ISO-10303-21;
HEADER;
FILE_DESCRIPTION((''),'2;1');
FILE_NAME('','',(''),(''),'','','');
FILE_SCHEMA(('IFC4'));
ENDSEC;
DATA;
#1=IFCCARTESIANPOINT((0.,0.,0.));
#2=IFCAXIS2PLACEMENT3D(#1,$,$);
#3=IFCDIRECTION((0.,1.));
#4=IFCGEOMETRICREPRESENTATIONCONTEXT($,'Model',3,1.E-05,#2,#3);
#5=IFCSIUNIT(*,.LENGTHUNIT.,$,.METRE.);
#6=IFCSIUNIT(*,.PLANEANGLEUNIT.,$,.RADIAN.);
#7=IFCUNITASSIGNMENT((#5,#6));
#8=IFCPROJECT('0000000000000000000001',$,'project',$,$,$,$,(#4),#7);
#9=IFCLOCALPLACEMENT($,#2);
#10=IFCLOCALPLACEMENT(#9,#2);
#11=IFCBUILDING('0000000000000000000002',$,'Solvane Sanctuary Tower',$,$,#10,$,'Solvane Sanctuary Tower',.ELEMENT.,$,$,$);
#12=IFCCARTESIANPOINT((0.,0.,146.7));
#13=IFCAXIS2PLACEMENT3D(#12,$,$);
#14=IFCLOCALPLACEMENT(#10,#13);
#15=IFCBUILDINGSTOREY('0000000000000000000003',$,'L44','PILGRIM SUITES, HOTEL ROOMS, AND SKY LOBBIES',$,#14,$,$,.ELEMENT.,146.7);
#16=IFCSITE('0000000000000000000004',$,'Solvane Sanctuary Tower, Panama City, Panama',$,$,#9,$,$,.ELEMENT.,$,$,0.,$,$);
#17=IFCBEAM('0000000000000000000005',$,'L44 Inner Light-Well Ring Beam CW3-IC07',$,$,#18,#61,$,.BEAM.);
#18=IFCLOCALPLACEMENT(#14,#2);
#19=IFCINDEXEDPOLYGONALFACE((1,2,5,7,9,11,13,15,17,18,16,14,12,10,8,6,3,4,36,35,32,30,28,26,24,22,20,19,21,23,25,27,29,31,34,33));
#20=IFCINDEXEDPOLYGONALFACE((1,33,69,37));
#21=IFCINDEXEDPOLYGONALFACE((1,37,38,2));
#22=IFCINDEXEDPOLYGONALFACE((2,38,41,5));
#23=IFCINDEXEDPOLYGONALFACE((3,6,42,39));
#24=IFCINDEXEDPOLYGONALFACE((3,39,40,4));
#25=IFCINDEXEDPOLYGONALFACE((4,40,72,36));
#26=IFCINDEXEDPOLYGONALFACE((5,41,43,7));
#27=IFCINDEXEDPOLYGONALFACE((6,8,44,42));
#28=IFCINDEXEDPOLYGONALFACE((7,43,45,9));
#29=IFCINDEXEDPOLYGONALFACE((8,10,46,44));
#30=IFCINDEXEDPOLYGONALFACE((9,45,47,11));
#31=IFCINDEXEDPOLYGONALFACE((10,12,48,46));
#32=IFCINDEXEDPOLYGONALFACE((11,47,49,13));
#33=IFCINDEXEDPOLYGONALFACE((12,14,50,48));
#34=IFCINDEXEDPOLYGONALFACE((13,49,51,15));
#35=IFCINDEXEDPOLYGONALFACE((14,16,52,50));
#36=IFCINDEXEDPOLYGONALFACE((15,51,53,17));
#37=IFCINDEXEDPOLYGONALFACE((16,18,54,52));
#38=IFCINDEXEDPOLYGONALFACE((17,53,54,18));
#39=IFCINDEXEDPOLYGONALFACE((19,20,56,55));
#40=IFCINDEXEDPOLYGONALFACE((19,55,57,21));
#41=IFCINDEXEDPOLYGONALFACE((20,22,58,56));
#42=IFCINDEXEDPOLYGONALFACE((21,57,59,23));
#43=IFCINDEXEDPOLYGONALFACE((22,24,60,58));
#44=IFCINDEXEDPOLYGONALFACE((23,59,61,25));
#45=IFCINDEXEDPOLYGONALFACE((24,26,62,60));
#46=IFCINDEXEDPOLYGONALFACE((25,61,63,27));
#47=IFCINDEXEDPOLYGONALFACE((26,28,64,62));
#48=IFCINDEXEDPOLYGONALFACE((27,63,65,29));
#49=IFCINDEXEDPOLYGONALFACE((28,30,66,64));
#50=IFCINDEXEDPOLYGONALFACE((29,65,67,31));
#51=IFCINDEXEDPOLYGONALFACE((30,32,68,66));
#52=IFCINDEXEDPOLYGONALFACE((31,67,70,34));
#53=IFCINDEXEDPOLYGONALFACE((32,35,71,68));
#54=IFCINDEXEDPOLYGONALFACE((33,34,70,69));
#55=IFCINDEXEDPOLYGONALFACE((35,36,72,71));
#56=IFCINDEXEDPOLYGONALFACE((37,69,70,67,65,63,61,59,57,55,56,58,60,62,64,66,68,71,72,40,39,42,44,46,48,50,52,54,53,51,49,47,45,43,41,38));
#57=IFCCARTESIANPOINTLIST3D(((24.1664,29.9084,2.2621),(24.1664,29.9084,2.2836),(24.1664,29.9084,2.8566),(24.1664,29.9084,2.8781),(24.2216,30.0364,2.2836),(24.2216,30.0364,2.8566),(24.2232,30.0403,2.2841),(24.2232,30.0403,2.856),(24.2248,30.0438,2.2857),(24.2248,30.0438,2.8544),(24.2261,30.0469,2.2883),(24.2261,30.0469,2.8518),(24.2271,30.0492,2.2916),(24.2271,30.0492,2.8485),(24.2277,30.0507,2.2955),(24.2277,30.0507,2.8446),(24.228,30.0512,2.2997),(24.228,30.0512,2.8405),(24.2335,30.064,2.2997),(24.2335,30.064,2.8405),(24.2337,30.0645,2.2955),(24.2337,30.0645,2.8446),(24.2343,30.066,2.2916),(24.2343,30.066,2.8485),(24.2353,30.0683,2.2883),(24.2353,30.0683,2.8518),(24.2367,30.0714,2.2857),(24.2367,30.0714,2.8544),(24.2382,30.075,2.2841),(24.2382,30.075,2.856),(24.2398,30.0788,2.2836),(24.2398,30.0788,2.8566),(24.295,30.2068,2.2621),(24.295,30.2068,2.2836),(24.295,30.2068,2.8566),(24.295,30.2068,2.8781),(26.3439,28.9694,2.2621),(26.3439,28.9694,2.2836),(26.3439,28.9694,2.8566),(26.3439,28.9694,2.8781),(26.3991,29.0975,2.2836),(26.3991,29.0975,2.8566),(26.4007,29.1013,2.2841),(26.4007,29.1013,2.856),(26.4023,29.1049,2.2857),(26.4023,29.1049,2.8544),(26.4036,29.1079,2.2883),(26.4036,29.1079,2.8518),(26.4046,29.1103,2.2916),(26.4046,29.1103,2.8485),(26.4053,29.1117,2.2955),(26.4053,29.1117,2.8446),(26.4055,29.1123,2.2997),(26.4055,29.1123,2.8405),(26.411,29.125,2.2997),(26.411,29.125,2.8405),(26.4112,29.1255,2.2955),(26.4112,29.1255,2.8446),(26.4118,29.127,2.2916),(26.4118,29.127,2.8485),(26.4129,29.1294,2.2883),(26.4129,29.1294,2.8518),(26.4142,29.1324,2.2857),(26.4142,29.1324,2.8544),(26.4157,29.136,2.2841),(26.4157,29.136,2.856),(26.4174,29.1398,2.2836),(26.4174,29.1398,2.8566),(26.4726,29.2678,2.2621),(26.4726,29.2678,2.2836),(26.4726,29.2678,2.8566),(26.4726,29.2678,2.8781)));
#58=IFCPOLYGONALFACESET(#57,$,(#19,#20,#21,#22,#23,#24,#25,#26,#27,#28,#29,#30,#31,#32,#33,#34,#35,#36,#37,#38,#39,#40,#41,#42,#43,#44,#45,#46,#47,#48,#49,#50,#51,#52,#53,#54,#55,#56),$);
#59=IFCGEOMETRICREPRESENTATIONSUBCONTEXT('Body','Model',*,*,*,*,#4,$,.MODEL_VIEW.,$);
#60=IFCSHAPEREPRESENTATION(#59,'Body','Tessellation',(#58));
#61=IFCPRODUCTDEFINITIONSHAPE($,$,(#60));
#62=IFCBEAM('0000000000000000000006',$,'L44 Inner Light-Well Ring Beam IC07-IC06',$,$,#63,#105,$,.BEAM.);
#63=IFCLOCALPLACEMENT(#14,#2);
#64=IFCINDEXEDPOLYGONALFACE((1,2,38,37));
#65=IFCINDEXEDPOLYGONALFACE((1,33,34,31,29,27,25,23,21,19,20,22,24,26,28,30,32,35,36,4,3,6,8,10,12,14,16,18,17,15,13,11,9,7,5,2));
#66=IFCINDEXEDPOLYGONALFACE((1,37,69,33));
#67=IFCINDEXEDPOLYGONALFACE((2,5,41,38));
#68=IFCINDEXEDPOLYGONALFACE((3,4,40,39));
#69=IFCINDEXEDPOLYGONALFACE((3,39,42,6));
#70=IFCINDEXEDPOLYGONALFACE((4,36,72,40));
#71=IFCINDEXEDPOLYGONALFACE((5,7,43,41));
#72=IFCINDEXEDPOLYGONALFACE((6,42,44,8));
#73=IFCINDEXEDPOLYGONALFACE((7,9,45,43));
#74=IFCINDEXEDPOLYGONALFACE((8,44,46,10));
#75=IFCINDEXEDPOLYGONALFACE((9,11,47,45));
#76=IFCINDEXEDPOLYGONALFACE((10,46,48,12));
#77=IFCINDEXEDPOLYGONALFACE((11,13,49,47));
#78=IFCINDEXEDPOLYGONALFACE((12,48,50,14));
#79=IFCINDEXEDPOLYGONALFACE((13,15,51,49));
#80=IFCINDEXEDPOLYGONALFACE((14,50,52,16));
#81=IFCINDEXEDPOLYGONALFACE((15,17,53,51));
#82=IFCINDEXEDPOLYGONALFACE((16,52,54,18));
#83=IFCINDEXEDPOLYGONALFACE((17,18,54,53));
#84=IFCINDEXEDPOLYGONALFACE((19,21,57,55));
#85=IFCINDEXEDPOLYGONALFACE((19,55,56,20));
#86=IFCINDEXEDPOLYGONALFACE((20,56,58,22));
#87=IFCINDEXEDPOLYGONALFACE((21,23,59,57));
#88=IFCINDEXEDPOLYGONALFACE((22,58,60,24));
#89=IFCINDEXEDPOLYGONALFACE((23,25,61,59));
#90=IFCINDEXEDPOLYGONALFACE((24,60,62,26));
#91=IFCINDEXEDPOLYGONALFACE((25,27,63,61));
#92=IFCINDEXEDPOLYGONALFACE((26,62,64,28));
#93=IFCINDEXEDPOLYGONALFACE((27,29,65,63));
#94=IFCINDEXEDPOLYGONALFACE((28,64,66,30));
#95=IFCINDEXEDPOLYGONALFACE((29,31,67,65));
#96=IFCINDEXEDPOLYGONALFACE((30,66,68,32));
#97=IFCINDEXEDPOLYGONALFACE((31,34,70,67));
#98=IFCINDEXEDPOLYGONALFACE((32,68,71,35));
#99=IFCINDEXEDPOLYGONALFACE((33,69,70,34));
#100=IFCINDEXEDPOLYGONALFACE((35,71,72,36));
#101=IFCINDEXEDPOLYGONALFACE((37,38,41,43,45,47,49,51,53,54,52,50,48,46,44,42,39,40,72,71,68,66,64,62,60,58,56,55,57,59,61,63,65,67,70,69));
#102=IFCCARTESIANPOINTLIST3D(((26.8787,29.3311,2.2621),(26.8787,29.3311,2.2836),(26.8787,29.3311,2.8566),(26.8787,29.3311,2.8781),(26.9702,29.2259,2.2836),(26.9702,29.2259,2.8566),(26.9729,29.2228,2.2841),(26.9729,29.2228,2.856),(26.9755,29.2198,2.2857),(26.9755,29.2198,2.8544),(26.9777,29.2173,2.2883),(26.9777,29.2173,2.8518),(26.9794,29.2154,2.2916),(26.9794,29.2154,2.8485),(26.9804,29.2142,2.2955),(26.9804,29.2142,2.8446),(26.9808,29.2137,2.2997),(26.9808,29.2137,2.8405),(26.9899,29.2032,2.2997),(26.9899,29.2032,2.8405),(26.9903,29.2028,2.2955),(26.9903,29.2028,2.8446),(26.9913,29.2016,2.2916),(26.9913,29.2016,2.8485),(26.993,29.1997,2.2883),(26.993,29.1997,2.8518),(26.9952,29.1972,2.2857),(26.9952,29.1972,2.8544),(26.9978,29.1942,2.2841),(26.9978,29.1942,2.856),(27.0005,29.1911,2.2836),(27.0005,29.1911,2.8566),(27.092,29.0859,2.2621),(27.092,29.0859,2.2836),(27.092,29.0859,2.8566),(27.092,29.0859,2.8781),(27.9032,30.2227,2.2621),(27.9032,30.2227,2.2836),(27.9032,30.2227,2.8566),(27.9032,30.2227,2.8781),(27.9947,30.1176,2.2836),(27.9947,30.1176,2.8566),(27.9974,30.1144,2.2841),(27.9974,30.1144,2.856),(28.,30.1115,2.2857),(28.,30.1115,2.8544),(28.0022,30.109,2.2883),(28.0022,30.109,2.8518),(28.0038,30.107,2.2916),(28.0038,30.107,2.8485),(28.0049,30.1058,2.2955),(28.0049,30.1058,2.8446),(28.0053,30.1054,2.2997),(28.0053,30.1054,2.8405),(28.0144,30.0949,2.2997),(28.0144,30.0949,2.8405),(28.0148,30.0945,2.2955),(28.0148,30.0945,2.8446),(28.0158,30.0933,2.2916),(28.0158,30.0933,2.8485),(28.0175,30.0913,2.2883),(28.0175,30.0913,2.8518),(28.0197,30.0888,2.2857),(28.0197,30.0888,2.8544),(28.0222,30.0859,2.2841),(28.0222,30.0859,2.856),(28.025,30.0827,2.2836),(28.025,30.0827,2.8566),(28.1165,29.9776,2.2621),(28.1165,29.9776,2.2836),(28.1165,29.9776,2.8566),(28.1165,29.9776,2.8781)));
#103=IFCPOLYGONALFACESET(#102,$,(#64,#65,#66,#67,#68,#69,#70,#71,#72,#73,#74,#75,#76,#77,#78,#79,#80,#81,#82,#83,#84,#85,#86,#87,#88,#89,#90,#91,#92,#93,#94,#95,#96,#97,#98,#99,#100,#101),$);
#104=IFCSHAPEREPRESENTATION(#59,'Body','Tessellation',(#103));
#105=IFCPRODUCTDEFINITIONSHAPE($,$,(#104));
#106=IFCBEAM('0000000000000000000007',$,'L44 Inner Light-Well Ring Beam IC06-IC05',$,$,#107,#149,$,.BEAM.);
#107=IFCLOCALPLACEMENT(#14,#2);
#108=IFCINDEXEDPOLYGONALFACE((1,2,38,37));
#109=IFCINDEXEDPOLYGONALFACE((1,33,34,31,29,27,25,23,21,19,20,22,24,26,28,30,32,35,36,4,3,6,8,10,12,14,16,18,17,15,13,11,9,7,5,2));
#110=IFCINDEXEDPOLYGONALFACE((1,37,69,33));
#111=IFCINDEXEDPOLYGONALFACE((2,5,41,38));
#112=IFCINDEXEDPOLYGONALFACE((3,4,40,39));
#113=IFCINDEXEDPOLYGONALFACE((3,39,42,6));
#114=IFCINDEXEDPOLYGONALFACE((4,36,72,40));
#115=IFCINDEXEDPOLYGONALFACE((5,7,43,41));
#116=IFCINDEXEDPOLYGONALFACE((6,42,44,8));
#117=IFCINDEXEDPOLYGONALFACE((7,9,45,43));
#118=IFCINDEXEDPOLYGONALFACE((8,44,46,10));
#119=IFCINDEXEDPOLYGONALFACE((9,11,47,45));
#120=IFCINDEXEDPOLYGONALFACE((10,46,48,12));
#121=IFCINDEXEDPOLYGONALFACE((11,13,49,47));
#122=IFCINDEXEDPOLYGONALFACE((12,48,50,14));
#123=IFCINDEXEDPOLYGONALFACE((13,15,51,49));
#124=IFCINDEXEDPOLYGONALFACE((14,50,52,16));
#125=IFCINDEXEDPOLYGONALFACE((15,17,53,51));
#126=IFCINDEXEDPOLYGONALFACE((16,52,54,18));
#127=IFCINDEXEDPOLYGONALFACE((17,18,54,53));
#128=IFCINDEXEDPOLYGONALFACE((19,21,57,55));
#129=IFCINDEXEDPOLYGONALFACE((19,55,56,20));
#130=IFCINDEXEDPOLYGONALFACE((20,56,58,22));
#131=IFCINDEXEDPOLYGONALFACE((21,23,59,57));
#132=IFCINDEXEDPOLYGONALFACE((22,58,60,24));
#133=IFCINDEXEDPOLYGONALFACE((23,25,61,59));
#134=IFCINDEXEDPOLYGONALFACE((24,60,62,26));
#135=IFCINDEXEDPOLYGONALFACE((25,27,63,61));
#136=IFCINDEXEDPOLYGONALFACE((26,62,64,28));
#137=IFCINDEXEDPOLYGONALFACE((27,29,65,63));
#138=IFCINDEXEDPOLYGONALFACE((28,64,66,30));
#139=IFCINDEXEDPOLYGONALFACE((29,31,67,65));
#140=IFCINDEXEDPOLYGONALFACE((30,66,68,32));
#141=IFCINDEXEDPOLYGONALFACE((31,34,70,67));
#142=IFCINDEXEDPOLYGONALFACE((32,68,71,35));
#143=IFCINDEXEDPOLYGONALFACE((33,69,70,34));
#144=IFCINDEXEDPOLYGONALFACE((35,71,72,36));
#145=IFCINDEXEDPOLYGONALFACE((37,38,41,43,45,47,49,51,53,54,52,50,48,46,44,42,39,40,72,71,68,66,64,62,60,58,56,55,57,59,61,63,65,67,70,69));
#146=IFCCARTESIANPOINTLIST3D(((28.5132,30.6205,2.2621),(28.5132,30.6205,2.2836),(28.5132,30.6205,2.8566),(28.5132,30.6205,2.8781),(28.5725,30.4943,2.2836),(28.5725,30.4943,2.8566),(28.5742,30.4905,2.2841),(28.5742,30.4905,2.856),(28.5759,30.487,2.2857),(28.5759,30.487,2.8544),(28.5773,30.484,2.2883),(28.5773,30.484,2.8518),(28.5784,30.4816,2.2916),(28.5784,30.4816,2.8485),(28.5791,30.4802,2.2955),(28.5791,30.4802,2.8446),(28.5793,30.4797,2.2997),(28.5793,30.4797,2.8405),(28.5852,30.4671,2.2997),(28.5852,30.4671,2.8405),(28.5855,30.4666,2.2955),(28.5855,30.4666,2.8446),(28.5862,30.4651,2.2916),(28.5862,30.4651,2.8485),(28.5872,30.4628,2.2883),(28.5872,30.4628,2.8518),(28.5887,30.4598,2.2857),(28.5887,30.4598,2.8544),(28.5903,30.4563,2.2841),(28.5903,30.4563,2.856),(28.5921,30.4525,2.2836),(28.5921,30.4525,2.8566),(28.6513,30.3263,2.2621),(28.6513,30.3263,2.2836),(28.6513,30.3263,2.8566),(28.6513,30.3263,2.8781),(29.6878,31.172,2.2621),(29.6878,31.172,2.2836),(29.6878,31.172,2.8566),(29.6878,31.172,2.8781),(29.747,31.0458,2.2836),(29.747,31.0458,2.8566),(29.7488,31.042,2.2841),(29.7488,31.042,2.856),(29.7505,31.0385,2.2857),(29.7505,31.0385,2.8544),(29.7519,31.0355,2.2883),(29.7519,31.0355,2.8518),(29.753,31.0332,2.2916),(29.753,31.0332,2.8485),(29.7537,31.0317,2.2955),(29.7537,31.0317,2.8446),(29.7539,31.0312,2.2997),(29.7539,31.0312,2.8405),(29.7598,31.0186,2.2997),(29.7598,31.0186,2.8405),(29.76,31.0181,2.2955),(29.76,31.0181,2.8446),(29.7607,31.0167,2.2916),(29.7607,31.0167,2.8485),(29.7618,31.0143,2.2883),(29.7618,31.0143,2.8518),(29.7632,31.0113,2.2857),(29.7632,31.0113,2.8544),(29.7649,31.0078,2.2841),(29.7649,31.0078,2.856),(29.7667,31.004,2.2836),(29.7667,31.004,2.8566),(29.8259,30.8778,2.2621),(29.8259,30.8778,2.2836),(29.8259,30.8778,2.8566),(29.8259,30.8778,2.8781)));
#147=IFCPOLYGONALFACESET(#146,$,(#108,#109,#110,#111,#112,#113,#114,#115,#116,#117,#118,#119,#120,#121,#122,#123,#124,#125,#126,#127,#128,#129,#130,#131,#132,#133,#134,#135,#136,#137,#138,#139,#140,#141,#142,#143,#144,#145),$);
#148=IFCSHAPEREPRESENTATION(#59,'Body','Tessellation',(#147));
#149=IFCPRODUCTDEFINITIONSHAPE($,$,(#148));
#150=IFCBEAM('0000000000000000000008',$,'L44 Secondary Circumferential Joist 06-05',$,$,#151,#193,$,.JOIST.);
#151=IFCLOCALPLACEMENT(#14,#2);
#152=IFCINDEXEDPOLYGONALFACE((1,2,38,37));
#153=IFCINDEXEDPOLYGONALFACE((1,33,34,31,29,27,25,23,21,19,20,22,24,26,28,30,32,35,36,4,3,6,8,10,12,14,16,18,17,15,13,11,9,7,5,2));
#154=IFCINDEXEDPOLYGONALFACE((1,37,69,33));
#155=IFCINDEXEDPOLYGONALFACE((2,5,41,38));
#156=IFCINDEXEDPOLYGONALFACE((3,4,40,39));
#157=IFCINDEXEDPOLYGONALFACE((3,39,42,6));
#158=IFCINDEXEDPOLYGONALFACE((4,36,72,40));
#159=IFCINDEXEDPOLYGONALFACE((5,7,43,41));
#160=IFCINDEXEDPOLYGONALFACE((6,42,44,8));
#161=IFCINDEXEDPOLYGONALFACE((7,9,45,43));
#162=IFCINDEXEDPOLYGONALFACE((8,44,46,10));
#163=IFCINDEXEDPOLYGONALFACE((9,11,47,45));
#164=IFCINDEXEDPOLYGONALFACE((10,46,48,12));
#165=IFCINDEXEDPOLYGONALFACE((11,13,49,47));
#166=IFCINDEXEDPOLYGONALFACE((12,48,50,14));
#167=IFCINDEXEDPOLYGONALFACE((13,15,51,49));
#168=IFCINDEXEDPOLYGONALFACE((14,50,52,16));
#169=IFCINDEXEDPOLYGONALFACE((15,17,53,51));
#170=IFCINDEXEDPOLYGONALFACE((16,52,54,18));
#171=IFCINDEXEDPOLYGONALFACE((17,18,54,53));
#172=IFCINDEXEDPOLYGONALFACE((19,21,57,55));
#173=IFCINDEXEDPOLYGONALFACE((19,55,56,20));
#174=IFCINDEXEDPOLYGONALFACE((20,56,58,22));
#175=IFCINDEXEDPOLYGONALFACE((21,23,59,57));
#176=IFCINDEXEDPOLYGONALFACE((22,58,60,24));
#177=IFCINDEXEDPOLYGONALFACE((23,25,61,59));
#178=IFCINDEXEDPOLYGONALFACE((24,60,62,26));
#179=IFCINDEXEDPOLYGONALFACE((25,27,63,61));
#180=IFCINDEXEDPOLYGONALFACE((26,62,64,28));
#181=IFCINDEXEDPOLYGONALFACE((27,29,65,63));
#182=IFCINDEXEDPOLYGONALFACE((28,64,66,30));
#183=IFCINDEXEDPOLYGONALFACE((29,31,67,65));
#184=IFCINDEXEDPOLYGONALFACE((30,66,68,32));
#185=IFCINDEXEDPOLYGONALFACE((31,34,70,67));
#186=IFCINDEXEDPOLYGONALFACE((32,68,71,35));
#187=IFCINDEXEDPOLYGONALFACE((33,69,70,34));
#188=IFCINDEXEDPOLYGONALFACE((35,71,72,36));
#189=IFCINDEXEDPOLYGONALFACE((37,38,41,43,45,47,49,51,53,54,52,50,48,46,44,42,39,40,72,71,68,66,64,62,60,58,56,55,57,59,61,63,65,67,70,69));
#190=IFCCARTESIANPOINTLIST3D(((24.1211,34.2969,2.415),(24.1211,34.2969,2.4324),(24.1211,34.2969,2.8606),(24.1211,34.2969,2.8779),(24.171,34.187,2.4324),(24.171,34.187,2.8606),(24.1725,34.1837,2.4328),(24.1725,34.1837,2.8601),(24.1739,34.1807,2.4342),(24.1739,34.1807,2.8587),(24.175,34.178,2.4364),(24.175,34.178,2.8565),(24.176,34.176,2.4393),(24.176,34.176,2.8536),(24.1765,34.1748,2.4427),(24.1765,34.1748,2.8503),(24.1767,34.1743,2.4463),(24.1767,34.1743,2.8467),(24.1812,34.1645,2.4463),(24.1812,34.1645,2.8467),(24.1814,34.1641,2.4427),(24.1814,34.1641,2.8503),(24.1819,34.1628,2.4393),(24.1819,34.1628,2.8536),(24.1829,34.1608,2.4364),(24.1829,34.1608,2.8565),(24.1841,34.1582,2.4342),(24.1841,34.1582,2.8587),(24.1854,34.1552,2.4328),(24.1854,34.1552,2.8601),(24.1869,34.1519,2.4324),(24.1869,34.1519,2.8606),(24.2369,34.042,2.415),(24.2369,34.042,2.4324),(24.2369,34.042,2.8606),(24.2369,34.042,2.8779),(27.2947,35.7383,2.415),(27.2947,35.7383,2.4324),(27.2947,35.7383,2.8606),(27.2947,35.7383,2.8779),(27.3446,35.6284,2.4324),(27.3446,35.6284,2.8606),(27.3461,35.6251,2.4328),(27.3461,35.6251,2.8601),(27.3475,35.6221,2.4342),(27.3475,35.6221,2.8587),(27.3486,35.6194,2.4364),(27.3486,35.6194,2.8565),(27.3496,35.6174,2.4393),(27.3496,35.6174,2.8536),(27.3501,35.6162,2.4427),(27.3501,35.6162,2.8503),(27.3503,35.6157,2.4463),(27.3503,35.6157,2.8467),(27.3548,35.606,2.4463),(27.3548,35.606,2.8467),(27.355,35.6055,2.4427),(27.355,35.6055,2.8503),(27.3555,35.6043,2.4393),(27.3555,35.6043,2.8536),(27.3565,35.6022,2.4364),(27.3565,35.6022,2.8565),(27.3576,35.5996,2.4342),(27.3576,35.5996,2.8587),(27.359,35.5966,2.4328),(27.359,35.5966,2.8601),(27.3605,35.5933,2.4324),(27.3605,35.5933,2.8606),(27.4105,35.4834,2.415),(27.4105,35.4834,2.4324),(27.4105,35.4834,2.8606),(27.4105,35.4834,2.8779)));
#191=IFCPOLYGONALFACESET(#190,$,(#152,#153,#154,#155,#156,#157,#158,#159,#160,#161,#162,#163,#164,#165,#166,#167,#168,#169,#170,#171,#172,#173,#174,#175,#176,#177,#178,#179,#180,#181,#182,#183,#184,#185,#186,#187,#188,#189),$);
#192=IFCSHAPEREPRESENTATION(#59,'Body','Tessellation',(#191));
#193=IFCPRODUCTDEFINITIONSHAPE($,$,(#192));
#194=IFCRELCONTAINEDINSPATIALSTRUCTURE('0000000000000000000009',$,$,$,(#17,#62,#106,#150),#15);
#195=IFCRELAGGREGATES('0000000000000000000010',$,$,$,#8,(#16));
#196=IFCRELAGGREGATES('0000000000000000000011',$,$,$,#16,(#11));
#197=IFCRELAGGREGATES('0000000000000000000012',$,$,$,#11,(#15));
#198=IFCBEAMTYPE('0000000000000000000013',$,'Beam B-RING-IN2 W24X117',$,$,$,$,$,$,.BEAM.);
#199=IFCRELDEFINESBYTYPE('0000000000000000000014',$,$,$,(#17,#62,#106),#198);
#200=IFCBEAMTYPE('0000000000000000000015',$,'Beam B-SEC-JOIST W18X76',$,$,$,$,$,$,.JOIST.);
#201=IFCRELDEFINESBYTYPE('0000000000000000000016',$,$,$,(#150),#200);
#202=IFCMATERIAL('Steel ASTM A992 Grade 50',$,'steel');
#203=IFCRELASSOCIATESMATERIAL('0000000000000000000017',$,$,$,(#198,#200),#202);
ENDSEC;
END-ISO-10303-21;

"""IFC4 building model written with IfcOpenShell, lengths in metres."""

from ifc_helpers import new_model, si_unit, direction, frame, origin, origin_2d, place, context, subcontext, project, spatial, i_section, extrude, material, material_profile, profile_set, type_object, element, save


model = new_model("IFC4")

# Units and contexts
model_context = context("Model", 3, precision=1e-05, world=origin(), true_north=direction((0.0, 1.0)))
body_context = subcontext(model_context, "Body", "Model", "MODEL_VIEW")
ifc_project = project(units=[si_unit("LENGTHUNIT", "METRE"), si_unit("PLANEANGLEUNIT", "RADIAN")], contexts=[model_context])

# Site, building, storey
site_placement = place(None, origin())
site = spatial("IfcSite", under=ifc_project, at=site_placement, Name="Solvane Sanctuary Tower, Panama City, Panama", CompositionType="ELEMENT", RefElevation=0.0)
building_placement = place(site_placement, origin())
building = spatial("IfcBuilding", under=site, at=building_placement, Name="Solvane Sanctuary Tower", LongName="Solvane Sanctuary Tower", CompositionType="ELEMENT")
storey_placement = place(building_placement, frame((0.0, 0.0, 146.7)))
storey = spatial("IfcBuildingStorey", under=building, at=storey_placement, Name="L44", Description="PILGRIM SUITES, HOTEL ROOMS, AND SKY LOBBIES", CompositionType="ELEMENT", Elevation=146.7)

# Beams
ifc_material_1 = material(Name="Steel ASTM A992 Grade 50", Category="steel")
ifc_material_profile_1 = material_profile(ifc_material_1, i_section(OverallWidth=0.325, OverallDepth=0.616, WebThickness=0.0139, FlangeThickness=0.0215, FilletRadius=0.0161, at=origin_2d()), Name="W24X117")
ifc_profile_set_1 = profile_set([ifc_material_profile_1], Name="Steel ASTM A992 Grade 50")
beam_type_1 = type_object("IfcBeamType", Name="Beam B-RING-IN2 W24X117", PredefinedType="BEAM", material=ifc_profile_set_1)
beam_1_placement = place(storey_placement, frame((24.2307, 30.0576, 2.5701), z_axis=(0.918264, -0.395969, 0.0), x_axis=(0.395969, 0.918264, 0.0)))
element("IfcBeam", 1, at=beam_1_placement, inside=storey, type_object=beam_type_1, Name="L44 Inner Light-Well Ring Beam CW3-IC07", PredefinedType="BEAM", context=body_context, shape_type="SweptSolid", body=[
    extrude(i_section(OverallWidth=0.325, OverallDepth=0.616, WebThickness=0.0139, FlangeThickness=0.0215, FilletRadius=0.0161, at=origin_2d()), origin(), (0.0, 0.0, 1.0), 2.3713),
])
beam_2_placement = place(storey_placement, frame((26.9854, 29.2085, 2.5701), z_axis=(0.754311, 0.656517, 0.0), x_axis=(-0.656517, 0.754311, 0.0)))
element("IfcBeam", 2, at=beam_2_placement, inside=storey, type_object=beam_type_1, Name="L44 Inner Light-Well Ring Beam IC07-IC06", PredefinedType="BEAM", context=body_context, shape_type="SweptSolid", body=[
    extrude(i_section(OverallWidth=0.325, OverallDepth=0.616, WebThickness=0.0139, FlangeThickness=0.0215, FilletRadius=0.0161, at=origin_2d()), origin(), (0.0, 0.0, 1.0), 1.3582),
])
beam_3_placement = place(storey_placement, frame((28.5823, 30.4734, 2.5701), z_axis=(0.905181, 0.425027, 0.0), x_axis=(-0.425027, 0.905181, 0.0)))
element("IfcBeam", 3, at=beam_3_placement, inside=storey, type_object=beam_type_1, Name="L44 Inner Light-Well Ring Beam IC06-IC05", PredefinedType="BEAM", context=body_context, shape_type="SweptSolid", body=[
    extrude(i_section(OverallWidth=0.325, OverallDepth=0.616, WebThickness=0.0139, FlangeThickness=0.0215, FilletRadius=0.0161, at=origin_2d()), origin(), (0.0, 0.0, 1.0), 1.2976),
])
ifc_material_profile_2 = material_profile(ifc_material_1, i_section(OverallWidth=0.28, OverallDepth=0.4629, WebThickness=0.0107, FlangeThickness=0.0173, FilletRadius=0.0139, at=origin_2d()), Name="W18X76")
ifc_profile_set_2 = profile_set([ifc_material_profile_2], Name="Steel ASTM A992 Grade 50")
beam_type_2 = type_object("IfcBeamType", Name="Beam B-SEC-JOIST W18X76", PredefinedType="JOIST", material=ifc_profile_set_2)
beam_4_placement = place(storey_placement, frame((24.179, 34.1694, 2.6465), z_axis=(0.910489, 0.413534, 0.0), x_axis=(-0.413534, 0.910489, 0.0)))
element("IfcBeam", 4, at=beam_4_placement, inside=storey, type_object=beam_type_2, Name="L44 Secondary Circumferential Joist 06-05", PredefinedType="JOIST", context=body_context, shape_type="SweptSolid", body=[
    extrude(i_section(OverallWidth=0.28, OverallDepth=0.4629, WebThickness=0.0107, FlangeThickness=0.0173, FilletRadius=0.0139, at=origin_2d()), origin(), (0.0, 0.0, 1.0), 3.4856),
])

save(model, "model.ifc")
